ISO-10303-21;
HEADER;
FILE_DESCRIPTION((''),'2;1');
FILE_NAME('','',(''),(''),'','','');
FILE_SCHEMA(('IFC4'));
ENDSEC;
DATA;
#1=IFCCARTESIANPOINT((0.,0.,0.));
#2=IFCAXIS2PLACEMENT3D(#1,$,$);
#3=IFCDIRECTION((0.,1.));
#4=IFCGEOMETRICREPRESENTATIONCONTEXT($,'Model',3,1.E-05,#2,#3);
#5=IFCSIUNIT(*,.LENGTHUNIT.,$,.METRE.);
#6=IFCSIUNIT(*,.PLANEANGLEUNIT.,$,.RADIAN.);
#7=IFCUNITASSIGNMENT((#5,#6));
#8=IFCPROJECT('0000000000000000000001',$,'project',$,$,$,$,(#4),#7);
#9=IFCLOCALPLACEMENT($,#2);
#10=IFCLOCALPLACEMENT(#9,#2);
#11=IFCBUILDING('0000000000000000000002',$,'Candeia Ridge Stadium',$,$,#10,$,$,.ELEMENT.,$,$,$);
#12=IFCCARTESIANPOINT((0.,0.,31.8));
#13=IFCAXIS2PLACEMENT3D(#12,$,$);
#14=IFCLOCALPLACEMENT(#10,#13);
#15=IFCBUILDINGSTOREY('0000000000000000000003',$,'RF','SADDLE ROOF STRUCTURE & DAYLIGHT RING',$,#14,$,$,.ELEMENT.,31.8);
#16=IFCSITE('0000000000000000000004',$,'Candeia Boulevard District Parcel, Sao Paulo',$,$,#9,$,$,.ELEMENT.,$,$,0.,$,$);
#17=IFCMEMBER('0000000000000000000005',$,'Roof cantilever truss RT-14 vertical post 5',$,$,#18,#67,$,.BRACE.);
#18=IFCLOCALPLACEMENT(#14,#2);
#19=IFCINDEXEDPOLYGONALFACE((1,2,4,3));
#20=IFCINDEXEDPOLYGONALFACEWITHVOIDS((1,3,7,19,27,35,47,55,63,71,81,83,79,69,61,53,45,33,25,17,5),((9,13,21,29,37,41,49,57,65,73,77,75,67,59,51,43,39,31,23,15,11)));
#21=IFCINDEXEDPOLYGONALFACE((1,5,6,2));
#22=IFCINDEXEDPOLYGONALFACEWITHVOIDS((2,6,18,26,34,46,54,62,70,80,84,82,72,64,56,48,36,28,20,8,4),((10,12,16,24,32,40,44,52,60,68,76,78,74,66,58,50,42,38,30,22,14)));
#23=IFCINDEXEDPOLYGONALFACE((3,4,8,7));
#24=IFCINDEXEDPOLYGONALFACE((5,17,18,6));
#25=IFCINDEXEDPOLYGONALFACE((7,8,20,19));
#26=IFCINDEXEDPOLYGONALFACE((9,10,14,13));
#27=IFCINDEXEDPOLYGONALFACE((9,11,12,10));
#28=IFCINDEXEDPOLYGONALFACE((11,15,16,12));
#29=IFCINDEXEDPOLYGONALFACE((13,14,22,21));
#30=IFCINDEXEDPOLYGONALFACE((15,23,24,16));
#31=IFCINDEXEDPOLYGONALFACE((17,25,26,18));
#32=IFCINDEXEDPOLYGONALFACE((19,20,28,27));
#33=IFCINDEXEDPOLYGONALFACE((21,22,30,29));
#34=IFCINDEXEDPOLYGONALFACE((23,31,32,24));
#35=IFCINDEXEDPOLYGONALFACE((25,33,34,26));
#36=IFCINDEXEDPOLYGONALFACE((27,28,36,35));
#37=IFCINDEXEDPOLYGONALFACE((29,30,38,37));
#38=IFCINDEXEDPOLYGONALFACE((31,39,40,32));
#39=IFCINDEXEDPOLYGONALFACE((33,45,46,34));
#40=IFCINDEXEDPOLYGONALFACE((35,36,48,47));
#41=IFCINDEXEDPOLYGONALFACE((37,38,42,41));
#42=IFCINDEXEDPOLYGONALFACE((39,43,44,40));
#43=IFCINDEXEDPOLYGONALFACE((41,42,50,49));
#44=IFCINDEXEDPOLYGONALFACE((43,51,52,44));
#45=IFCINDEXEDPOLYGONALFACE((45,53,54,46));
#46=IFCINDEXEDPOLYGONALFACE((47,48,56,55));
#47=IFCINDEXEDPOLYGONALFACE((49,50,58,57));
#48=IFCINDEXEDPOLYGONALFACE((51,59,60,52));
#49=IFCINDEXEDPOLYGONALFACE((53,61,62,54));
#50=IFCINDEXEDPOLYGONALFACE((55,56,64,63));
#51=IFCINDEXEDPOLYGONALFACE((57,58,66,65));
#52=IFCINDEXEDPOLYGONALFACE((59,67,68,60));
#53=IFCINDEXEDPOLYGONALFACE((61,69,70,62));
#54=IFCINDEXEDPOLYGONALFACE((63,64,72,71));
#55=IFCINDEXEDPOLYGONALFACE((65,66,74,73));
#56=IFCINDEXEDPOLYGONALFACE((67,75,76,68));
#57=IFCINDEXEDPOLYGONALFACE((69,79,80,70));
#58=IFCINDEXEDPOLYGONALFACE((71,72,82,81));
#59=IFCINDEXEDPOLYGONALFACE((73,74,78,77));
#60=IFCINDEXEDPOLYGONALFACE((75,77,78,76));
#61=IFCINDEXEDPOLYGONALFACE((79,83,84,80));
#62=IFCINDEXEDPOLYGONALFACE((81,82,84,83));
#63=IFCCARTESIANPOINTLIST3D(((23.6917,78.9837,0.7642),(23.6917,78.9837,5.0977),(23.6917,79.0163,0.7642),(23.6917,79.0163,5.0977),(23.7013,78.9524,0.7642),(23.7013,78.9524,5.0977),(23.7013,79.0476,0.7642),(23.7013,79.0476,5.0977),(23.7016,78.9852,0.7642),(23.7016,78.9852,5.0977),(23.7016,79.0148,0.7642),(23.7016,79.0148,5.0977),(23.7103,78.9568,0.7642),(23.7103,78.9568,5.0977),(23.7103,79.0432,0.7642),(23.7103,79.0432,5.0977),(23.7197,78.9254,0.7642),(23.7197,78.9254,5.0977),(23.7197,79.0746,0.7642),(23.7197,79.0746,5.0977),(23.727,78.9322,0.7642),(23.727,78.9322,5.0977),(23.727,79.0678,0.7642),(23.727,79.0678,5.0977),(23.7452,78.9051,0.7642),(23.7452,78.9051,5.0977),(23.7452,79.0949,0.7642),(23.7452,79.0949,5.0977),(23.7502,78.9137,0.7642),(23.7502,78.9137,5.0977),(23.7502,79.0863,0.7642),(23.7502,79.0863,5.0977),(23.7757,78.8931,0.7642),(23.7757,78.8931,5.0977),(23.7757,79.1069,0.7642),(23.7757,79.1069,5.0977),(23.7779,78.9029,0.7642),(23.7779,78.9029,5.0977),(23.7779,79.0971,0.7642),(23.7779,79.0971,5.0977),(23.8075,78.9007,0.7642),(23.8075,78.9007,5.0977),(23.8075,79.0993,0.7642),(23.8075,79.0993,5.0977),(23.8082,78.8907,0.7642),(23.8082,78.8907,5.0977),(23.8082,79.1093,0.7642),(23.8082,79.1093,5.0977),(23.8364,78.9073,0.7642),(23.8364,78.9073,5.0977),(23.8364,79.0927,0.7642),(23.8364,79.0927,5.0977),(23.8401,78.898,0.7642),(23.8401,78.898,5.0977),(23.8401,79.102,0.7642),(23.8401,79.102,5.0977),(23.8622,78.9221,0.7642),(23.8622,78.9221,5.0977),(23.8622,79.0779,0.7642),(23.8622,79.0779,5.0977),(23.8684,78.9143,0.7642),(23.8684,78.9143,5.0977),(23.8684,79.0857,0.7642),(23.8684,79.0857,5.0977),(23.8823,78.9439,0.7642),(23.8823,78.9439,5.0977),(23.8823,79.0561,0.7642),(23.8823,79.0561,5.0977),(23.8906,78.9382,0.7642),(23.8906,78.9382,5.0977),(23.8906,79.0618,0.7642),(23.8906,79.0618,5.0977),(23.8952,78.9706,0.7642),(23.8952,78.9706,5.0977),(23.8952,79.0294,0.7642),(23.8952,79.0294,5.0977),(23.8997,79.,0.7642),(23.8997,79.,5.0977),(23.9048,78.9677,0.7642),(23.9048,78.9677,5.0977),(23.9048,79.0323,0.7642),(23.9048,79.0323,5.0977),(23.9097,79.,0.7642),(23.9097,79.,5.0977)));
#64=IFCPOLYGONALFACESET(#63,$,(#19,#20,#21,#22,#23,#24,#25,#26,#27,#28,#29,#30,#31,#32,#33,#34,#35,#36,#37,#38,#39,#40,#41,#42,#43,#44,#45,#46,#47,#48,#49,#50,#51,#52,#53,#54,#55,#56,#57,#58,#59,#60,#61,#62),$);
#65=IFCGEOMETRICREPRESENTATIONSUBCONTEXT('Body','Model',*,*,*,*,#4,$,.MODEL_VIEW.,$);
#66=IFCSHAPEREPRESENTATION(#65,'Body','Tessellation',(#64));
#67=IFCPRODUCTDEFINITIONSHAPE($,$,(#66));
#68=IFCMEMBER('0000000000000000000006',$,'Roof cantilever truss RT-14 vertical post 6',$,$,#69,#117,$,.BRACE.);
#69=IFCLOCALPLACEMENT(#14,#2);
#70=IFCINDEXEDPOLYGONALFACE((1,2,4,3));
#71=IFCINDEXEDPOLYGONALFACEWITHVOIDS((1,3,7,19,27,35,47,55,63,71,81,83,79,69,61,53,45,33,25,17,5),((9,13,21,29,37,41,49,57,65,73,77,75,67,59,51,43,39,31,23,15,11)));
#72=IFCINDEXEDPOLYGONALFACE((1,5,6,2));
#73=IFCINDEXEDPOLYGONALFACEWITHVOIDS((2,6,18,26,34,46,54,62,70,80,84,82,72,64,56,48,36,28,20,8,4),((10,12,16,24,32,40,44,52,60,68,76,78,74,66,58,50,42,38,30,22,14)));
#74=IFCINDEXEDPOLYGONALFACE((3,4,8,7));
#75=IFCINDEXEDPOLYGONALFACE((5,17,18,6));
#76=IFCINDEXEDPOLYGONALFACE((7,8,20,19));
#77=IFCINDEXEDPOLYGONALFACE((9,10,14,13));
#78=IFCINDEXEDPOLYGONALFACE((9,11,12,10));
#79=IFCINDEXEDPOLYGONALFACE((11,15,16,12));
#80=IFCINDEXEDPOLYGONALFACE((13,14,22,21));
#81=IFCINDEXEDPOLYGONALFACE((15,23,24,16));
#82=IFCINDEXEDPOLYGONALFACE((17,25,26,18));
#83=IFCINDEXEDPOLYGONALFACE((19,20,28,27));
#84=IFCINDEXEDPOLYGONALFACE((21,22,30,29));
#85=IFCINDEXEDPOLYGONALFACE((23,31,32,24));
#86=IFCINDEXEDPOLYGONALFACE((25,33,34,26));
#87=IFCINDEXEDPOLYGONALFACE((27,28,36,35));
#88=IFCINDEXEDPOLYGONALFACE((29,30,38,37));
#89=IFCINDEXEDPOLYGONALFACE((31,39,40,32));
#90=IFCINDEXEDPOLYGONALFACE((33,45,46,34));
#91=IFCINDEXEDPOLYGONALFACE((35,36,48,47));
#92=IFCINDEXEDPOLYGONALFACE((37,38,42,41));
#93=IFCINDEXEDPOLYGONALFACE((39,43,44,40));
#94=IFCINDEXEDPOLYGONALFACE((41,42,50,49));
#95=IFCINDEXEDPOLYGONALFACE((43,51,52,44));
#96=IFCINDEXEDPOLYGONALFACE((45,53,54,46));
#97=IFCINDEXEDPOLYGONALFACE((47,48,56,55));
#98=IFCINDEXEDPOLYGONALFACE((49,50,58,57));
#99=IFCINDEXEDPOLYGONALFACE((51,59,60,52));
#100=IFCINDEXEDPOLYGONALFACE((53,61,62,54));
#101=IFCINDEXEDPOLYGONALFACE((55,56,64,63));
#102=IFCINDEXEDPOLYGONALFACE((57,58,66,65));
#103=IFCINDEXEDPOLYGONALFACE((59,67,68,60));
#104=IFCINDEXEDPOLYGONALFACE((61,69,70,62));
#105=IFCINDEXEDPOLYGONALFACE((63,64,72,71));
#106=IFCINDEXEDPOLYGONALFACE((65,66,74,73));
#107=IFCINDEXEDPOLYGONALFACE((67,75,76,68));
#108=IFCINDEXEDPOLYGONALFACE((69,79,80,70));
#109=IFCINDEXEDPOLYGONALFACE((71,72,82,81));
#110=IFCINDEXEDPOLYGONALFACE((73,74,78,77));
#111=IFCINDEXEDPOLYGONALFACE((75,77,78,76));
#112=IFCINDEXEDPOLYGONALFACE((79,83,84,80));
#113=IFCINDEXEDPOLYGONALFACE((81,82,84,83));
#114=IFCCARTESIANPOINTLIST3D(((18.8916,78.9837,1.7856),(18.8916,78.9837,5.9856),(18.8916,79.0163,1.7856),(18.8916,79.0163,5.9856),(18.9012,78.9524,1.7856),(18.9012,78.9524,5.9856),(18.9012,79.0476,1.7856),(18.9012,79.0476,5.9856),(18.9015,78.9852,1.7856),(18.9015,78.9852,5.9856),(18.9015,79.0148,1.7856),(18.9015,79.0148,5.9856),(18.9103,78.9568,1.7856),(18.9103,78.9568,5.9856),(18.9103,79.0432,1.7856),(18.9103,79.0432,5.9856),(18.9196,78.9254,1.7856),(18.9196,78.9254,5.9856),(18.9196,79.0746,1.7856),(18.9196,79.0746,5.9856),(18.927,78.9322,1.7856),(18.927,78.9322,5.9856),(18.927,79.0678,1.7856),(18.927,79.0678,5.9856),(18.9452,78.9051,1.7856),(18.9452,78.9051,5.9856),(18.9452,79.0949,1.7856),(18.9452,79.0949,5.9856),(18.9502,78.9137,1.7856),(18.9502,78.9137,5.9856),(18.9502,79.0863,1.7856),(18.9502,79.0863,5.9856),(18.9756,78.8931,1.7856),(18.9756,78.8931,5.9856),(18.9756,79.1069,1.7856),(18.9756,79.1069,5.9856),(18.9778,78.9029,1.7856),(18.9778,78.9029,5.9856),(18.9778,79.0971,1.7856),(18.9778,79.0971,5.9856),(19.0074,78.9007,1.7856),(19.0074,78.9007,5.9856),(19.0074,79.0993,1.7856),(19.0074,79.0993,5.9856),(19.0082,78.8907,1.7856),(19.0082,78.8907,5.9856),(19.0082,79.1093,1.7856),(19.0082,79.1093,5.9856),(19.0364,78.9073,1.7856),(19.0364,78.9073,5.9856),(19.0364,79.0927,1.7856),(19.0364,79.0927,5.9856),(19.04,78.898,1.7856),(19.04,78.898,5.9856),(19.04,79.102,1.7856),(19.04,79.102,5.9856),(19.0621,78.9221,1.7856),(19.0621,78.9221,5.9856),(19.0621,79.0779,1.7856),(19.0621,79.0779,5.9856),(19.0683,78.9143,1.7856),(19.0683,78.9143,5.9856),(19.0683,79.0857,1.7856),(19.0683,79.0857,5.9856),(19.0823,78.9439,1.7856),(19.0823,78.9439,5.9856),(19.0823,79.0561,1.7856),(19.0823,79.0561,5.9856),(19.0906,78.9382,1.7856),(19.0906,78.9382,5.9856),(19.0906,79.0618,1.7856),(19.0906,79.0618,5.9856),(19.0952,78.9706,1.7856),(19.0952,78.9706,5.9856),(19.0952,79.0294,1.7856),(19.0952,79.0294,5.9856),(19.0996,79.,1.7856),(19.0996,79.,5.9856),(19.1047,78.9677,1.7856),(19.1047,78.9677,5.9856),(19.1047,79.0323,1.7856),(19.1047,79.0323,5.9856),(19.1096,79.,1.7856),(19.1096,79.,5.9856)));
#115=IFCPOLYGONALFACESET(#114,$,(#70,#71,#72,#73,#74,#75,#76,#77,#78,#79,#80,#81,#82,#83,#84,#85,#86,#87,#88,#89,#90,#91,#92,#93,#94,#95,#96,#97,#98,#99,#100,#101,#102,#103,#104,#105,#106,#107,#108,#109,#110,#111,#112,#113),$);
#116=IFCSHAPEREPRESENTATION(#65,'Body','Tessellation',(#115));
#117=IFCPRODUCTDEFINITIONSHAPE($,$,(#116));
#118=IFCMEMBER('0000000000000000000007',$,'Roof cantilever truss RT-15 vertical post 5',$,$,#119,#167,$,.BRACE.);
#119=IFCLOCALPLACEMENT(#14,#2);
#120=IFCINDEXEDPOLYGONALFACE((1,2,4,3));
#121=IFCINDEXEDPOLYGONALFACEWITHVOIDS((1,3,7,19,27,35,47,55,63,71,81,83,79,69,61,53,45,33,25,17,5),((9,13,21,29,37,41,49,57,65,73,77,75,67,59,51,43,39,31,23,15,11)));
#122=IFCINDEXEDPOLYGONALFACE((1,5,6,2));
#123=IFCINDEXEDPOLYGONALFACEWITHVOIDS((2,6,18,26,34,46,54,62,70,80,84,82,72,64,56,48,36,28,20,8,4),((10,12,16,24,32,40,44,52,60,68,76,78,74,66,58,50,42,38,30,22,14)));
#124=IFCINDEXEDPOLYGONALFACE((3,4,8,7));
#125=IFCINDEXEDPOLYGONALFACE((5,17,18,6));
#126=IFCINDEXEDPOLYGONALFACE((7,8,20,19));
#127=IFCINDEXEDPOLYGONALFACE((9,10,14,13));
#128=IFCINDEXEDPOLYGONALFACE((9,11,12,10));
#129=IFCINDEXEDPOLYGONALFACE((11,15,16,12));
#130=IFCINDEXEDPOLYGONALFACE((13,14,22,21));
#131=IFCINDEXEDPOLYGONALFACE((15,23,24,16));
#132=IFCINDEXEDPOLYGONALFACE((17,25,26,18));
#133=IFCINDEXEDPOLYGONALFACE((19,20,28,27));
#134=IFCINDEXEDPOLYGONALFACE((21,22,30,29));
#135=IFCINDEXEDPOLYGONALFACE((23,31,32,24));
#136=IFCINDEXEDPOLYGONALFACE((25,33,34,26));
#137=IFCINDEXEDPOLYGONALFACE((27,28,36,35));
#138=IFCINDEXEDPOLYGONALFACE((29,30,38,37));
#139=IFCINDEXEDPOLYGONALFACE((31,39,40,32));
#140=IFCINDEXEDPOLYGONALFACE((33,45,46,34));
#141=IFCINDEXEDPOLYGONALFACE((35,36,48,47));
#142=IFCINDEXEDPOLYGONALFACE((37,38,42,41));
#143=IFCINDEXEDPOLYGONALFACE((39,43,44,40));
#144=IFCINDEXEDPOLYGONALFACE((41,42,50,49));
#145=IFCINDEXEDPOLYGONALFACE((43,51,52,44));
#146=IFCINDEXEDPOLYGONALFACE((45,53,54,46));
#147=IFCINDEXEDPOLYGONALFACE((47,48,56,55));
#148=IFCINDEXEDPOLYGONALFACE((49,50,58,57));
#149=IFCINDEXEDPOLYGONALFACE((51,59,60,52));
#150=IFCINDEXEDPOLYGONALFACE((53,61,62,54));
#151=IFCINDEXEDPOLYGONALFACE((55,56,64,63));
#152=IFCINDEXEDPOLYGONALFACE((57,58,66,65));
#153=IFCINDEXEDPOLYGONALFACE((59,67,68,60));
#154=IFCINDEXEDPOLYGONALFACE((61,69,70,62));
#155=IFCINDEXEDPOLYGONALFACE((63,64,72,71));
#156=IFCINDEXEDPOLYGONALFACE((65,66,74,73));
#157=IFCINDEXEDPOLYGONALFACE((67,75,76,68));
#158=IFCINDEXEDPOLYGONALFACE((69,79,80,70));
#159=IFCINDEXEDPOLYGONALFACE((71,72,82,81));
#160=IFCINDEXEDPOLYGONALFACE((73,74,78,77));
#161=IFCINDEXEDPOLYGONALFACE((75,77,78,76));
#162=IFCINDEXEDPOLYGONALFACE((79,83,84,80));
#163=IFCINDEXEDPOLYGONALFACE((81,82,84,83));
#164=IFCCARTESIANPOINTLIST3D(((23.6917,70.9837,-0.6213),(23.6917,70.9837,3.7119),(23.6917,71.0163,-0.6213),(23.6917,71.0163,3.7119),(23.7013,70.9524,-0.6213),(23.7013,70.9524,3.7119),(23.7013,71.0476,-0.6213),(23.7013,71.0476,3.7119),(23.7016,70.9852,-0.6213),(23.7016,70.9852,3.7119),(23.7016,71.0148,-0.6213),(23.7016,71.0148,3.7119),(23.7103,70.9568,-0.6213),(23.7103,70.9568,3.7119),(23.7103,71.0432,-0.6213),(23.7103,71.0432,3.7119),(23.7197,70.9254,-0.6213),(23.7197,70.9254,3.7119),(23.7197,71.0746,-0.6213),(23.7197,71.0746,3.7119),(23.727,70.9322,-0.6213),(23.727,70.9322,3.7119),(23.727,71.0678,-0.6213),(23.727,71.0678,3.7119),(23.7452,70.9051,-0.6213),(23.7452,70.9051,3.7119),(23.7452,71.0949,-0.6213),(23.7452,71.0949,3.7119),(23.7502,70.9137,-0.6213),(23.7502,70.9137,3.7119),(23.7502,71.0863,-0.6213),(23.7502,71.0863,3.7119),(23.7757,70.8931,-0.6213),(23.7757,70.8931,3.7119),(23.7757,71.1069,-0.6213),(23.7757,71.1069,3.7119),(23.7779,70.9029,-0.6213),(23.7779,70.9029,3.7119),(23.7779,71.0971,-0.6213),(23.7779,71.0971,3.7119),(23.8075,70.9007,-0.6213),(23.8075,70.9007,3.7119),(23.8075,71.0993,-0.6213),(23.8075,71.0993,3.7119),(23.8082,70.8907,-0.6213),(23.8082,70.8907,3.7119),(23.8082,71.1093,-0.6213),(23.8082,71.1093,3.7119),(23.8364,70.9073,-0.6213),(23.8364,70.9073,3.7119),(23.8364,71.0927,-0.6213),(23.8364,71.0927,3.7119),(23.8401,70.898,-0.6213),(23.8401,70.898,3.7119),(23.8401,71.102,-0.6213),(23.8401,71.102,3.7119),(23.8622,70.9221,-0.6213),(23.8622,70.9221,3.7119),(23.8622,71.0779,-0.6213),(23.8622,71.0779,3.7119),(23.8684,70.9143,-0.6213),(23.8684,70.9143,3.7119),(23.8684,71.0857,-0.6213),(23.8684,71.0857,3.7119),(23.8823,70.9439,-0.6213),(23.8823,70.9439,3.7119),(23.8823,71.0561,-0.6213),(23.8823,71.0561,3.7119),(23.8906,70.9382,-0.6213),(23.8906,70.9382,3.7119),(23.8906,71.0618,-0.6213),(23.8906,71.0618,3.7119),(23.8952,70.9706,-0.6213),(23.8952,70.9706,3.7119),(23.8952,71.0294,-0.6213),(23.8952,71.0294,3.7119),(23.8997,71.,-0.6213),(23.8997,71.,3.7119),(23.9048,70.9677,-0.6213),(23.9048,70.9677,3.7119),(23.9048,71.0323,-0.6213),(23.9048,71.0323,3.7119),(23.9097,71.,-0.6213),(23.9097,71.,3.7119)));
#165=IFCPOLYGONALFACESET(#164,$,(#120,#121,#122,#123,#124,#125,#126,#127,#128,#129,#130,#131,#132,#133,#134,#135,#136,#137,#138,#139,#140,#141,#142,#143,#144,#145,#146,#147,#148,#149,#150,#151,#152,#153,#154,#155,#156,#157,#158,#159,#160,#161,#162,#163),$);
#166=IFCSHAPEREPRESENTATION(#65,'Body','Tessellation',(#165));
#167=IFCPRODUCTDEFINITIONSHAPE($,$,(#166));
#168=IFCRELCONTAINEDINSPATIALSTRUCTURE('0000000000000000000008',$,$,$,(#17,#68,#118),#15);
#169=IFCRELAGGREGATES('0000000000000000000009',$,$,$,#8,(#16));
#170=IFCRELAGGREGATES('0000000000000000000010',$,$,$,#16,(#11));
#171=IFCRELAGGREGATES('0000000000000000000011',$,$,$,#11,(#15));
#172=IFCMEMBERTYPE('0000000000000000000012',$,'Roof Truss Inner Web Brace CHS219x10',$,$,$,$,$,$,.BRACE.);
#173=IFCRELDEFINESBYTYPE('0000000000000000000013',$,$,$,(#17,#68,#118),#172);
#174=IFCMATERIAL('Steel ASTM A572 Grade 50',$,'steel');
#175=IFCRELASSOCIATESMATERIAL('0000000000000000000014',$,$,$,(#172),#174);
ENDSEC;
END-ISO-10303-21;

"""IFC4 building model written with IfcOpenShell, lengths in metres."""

from ifc_helpers import new_model, si_unit, direction, frame, origin, origin_2d, place, context, subcontext, project, spatial, hollow_circle, extrude, material, material_profile, profile_set, type_object, element, save


model = new_model("IFC4")

# Units and contexts
model_context = context("Model", 3, precision=1e-05, world=origin(), true_north=direction((0.0, 1.0)))
body_context = subcontext(model_context, "Body", "Model", "MODEL_VIEW")
ifc_project = project(units=[si_unit("LENGTHUNIT", "METRE"), si_unit("PLANEANGLEUNIT", "RADIAN")], contexts=[model_context])

# Site, building, storey
site_placement = place(None, origin())
site = spatial("IfcSite", under=ifc_project, at=site_placement, Name="Candeia Boulevard District Parcel, Sao Paulo", CompositionType="ELEMENT", RefElevation=0.0)
building_placement = place(site_placement, origin())
building = spatial("IfcBuilding", under=site, at=building_placement, Name="Candeia Ridge Stadium", CompositionType="ELEMENT")
storey_placement = place(building_placement, frame((0.0, 0.0, 31.8)))
storey = spatial("IfcBuildingStorey", under=building, at=storey_placement, Name="RF", Description="SADDLE ROOF STRUCTURE & DAYLIGHT RING", CompositionType="ELEMENT", Elevation=31.8)

# Shared definitions
ifc_material_1 = material(Name="Steel ASTM A572 Grade 50", Category="steel")

# Members
ifc_material_profile_1 = material_profile(ifc_material_1, hollow_circle(Radius=0.1096, WallThickness=0.01, at=origin_2d()), Name="CHS219x10", Category="steel")
ifc_profile_set_1 = profile_set([ifc_material_profile_1], Name="Steel ASTM A572 Grade 50")
member_type_1 = type_object("IfcMemberType", Name="Roof Truss Inner Web Brace CHS219x10", PredefinedType="BRACE", material=ifc_profile_set_1)
member_1_placement = place(storey_placement, frame((23.8, 79.0, 0.7642), z_axis=(0.0, 0.0, 1.0), x_axis=(1.0, 0.0, 0.0)))
element("IfcMember", 1, at=member_1_placement, inside=storey, type_object=member_type_1, Name="Roof cantilever truss RT-14 vertical post 5", PredefinedType="BRACE", context=body_context, shape_type="SweptSolid", body=[
    extrude(hollow_circle(Radius=0.1096, WallThickness=0.01, at=origin_2d()), origin(), (0.0, 0.0, 1.0), 4.3335),
])
member_2_placement = place(storey_placement, frame((19.0, 79.0, 1.7856), z_axis=(0.0, 0.0, 1.0), x_axis=(1.0, 0.0, 0.0)))
element("IfcMember", 2, at=member_2_placement, inside=storey, type_object=member_type_1, Name="Roof cantilever truss RT-14 vertical post 6", PredefinedType="BRACE", context=body_context, shape_type="SweptSolid", body=[
    extrude(hollow_circle(Radius=0.1096, WallThickness=0.01, at=origin_2d()), origin(), (0.0, 0.0, 1.0), 4.2),
])
member_3_placement = place(storey_placement, frame((23.8, 71.0, -0.6213), z_axis=(0.0, 0.0, 1.0), x_axis=(1.0, 0.0, 0.0)))
element("IfcMember", 3, at=member_3_placement, inside=storey, type_object=member_type_1, Name="Roof cantilever truss RT-15 vertical post 5", PredefinedType="BRACE", context=body_context, shape_type="SweptSolid", body=[
    extrude(hollow_circle(Radius=0.1096, WallThickness=0.01, at=origin_2d()), origin(), (0.0, 0.0, 1.0), 4.3333),
])

save(model, "model.ifc")
